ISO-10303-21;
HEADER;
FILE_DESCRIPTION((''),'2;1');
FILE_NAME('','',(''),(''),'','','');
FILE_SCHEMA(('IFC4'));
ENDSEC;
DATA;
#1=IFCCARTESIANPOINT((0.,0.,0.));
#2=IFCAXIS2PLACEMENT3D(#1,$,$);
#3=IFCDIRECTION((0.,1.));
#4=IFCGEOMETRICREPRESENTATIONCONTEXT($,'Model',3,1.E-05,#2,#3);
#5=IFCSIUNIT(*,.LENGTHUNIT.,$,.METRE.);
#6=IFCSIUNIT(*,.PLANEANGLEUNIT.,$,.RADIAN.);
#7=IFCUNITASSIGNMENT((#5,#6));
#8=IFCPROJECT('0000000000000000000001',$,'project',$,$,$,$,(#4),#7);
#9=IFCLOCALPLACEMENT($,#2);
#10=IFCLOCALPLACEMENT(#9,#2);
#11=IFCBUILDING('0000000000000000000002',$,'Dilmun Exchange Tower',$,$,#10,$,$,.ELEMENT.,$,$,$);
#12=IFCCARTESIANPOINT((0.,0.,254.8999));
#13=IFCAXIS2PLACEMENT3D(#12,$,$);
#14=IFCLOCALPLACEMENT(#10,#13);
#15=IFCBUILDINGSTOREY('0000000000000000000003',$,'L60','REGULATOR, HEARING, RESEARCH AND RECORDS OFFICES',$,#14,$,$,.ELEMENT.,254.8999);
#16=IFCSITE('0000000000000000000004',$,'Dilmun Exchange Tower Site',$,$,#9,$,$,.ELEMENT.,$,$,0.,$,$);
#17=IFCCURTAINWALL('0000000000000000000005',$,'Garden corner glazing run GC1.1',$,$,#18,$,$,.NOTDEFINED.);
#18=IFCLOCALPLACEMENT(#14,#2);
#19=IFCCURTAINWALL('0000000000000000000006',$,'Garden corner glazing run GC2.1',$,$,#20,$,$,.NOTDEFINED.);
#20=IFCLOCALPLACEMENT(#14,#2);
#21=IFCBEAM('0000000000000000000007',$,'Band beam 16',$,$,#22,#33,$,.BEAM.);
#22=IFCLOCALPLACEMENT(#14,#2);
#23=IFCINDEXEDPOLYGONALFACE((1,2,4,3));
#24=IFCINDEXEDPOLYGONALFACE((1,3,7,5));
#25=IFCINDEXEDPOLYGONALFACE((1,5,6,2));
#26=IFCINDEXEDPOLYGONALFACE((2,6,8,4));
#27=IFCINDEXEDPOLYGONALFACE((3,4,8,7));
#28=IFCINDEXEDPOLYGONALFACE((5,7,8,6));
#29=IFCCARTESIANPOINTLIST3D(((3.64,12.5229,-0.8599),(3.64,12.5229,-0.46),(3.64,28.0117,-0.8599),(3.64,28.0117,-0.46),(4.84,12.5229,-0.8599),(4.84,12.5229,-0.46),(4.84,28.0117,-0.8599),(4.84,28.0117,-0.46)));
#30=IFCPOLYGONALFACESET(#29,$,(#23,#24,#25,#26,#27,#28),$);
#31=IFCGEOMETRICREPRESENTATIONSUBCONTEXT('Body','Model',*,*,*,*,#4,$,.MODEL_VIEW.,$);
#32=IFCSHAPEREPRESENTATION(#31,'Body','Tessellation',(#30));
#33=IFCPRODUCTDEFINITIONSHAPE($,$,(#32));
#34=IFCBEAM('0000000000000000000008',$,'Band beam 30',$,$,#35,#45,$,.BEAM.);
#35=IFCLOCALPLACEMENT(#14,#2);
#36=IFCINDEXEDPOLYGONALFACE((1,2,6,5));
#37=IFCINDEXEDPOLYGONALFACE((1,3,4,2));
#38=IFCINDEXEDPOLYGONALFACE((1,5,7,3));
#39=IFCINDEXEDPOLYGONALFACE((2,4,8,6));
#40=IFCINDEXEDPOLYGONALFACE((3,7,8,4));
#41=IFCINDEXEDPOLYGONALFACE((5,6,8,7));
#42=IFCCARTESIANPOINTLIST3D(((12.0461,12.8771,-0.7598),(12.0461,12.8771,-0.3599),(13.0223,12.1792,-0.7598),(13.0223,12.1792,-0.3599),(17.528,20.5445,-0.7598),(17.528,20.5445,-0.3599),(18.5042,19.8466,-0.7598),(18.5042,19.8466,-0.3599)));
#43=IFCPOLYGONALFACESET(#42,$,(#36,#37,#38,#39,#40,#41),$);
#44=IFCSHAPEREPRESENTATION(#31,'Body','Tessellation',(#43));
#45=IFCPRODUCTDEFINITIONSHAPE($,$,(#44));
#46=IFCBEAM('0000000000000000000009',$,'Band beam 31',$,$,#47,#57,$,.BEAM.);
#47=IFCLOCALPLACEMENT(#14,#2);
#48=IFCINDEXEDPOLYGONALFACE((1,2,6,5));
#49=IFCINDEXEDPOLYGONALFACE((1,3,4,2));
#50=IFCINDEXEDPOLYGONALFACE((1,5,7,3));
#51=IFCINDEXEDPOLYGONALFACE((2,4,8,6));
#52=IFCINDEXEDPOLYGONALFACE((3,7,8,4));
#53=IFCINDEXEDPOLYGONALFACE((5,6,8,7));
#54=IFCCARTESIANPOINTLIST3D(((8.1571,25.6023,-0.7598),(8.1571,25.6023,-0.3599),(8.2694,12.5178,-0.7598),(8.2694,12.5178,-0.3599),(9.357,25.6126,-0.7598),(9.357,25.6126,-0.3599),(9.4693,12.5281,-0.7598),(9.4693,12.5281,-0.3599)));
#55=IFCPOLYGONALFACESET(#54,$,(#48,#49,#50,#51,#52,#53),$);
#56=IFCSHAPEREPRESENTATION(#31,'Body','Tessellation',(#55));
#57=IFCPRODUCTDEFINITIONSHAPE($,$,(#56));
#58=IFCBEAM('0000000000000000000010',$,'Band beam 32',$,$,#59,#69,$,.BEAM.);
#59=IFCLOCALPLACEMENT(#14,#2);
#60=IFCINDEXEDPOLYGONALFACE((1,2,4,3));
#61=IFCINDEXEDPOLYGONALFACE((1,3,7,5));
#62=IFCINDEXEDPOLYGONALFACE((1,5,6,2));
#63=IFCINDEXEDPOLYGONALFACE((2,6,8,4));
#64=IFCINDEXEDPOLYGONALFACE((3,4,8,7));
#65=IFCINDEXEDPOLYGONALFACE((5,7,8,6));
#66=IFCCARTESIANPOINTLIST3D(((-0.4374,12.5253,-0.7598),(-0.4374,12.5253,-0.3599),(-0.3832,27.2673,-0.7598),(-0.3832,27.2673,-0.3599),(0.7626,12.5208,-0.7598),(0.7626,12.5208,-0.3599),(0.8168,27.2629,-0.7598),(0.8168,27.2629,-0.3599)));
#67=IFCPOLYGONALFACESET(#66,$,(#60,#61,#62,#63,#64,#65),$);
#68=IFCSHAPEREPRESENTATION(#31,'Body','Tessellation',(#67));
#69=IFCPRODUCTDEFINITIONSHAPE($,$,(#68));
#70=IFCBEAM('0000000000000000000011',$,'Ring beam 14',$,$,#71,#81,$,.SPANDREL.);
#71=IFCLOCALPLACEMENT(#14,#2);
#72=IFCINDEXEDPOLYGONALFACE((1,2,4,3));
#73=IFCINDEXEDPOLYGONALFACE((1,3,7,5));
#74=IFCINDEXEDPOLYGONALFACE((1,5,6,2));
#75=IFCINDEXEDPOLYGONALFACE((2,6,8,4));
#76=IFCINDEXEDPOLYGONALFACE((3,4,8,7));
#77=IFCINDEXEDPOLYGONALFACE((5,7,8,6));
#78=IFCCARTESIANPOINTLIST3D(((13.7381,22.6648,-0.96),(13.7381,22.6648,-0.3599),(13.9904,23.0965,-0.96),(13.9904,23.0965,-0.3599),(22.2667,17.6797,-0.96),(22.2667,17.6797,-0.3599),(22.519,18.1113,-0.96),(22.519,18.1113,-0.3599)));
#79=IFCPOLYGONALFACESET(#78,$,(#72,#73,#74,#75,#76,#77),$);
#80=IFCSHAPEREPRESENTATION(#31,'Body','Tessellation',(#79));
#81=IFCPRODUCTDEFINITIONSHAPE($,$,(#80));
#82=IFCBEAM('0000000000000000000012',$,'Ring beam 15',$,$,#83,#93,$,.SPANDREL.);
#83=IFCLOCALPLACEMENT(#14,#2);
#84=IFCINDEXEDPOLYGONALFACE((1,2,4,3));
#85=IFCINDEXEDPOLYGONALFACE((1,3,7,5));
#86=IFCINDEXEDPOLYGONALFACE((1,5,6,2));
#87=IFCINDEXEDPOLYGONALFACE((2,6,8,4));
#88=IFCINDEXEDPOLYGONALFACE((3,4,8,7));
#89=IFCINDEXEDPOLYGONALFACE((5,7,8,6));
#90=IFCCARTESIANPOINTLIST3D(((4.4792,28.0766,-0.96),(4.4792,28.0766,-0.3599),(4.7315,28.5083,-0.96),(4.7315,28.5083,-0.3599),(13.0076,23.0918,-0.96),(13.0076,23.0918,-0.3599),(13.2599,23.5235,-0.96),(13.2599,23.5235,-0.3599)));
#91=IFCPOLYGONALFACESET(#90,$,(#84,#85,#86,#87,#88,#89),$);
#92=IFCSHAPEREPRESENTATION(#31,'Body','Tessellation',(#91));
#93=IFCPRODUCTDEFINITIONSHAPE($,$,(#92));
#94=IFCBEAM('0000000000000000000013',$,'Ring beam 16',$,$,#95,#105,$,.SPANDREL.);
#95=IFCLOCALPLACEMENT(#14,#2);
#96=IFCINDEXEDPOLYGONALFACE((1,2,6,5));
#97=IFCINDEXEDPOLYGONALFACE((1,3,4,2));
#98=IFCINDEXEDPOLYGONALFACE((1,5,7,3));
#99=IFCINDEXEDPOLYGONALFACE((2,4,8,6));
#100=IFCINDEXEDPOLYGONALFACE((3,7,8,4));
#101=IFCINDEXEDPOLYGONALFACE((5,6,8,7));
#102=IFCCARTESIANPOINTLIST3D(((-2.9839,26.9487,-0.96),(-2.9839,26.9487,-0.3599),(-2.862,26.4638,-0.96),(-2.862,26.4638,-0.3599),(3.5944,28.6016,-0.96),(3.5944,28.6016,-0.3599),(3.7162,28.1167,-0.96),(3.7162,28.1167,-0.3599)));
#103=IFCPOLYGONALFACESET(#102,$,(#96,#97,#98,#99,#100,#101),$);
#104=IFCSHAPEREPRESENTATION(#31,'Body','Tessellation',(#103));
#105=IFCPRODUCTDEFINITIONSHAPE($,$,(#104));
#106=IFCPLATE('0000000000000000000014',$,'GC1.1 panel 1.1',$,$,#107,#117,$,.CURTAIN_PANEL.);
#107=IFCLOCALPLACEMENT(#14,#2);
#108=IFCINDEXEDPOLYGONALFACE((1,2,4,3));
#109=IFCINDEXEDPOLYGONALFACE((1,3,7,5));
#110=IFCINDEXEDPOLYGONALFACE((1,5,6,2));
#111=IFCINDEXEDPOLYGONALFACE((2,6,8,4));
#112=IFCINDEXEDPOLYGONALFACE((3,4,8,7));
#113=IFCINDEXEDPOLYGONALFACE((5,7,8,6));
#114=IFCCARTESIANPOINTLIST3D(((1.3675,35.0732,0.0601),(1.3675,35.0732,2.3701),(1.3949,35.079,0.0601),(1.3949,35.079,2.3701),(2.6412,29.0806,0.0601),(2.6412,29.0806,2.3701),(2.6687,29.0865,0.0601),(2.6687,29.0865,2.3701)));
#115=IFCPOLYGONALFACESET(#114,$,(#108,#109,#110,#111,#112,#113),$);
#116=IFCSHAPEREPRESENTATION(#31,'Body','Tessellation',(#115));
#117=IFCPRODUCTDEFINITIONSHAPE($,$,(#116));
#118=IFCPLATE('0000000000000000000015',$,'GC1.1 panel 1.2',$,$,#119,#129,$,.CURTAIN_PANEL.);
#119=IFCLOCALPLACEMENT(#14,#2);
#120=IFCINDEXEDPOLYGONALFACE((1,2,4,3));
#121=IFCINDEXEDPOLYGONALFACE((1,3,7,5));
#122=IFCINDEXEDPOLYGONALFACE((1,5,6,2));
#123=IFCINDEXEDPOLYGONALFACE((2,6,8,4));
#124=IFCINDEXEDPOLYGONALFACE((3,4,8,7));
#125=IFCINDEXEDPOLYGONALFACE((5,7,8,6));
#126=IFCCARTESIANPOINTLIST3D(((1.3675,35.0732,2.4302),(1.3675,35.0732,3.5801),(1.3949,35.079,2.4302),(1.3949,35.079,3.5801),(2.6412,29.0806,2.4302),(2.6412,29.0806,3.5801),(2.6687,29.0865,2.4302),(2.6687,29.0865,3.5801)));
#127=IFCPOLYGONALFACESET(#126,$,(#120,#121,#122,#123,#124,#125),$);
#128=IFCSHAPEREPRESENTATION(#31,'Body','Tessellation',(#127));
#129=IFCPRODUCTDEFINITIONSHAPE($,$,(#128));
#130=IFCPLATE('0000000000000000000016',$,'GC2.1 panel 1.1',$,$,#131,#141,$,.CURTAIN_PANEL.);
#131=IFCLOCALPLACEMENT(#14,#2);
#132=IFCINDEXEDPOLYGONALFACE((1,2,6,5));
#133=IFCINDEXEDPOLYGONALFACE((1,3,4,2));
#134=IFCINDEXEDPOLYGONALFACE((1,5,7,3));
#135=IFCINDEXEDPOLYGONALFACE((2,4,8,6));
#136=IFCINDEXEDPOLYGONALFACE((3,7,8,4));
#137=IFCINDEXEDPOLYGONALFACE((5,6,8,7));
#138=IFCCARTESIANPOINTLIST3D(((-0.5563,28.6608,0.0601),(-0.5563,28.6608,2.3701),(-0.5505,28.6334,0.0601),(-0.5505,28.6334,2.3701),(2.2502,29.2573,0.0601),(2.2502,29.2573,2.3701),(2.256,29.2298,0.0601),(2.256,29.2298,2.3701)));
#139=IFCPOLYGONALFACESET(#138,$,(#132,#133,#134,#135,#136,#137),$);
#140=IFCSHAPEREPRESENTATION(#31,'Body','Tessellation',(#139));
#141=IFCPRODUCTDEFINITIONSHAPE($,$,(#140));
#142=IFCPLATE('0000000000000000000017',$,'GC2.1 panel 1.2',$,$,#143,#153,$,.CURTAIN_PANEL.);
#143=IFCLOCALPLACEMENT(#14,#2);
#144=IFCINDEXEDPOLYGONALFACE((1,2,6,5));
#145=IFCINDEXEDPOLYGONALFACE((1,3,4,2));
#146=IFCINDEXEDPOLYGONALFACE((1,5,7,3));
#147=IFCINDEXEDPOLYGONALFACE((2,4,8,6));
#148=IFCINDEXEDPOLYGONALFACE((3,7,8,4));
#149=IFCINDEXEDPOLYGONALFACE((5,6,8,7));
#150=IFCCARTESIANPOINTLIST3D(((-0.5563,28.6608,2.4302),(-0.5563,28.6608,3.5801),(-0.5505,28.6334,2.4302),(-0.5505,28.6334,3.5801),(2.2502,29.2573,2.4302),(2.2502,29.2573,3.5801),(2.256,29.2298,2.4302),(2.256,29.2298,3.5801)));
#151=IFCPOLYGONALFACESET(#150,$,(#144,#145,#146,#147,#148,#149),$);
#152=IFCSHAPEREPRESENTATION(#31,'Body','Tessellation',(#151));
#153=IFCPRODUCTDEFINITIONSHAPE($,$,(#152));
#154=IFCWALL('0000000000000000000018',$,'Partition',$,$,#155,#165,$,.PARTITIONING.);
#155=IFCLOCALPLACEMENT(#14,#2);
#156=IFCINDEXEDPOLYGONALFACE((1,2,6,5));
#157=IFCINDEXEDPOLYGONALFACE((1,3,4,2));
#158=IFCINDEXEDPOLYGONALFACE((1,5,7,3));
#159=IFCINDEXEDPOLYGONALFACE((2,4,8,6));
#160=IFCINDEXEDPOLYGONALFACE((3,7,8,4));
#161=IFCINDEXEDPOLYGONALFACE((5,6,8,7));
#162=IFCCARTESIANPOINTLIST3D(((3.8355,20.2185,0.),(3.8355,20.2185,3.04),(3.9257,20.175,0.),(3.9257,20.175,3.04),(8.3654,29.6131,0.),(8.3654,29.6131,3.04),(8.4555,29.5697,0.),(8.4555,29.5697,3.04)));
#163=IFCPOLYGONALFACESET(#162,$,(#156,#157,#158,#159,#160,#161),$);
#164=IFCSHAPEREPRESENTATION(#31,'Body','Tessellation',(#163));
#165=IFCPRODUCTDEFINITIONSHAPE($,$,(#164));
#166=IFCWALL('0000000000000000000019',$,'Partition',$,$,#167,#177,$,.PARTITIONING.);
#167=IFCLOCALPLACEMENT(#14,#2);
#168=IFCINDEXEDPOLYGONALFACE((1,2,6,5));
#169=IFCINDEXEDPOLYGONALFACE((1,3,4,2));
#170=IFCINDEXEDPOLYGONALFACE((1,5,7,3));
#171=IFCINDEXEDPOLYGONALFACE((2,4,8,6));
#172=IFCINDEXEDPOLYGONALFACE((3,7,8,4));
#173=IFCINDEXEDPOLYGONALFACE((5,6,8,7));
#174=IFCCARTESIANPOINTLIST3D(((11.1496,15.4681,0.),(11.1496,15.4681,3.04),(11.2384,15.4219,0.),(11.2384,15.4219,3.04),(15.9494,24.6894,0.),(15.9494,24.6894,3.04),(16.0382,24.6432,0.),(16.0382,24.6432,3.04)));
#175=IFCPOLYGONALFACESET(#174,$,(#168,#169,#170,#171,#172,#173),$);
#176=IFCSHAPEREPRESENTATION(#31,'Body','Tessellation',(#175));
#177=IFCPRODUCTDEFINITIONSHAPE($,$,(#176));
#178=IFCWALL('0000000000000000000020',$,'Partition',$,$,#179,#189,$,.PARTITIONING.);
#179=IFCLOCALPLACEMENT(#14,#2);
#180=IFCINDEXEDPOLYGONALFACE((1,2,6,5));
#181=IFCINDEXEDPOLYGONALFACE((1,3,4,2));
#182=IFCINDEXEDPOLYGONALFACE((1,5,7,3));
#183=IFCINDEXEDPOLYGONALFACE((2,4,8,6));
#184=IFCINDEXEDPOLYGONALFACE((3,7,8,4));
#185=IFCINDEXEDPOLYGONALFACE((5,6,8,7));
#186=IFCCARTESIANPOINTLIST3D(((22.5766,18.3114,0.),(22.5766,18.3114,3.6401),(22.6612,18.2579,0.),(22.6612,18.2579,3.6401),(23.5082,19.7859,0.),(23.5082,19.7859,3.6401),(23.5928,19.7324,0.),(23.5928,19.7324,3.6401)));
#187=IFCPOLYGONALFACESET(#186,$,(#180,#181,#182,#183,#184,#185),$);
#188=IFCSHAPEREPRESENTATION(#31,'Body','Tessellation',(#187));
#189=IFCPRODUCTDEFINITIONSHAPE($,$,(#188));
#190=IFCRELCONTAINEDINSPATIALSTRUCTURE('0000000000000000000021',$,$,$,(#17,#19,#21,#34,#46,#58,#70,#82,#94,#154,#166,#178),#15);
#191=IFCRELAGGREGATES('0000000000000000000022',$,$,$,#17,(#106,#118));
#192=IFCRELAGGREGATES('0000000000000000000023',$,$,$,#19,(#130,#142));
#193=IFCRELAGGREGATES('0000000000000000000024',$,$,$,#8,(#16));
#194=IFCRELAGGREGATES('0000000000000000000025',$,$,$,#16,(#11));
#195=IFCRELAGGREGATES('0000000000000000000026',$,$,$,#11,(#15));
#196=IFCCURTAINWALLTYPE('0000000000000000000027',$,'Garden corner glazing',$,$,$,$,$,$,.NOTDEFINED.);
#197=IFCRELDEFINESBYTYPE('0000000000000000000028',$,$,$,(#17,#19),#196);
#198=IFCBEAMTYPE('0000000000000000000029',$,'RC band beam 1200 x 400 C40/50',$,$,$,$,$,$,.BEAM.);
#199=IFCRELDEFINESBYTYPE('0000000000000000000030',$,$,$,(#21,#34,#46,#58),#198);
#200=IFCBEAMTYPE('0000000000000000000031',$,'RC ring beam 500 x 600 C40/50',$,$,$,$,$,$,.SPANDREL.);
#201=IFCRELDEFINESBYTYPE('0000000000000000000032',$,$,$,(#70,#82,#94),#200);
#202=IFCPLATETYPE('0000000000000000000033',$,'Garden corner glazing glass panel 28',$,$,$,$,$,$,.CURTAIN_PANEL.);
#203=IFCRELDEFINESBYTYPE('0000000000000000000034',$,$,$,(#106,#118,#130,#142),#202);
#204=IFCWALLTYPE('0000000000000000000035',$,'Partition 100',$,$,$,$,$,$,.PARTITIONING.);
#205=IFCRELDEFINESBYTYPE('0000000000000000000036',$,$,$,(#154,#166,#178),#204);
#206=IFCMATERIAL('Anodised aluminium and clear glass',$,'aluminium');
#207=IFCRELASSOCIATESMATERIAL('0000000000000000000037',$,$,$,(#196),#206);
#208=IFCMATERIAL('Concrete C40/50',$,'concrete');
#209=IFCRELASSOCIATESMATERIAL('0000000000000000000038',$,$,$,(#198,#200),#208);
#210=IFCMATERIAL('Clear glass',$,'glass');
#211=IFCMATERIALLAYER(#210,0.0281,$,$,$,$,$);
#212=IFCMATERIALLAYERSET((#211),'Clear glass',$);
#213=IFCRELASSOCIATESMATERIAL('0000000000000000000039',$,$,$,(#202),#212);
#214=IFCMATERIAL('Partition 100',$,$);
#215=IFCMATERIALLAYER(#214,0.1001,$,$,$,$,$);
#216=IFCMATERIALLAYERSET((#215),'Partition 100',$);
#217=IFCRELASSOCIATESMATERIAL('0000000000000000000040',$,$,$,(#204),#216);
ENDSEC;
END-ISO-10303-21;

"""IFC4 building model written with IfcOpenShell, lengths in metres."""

from ifc_helpers import new_model, si_unit, direction, frame, frame_2d, origin, origin_2d, place, context, subcontext, project, spatial, rectangle, extrude, material, layer, layer_set, material_profile, profile_set, type_object, element, aggregate, save


model = new_model("IFC4")

# Units and contexts
model_context = context("Model", 3, precision=1e-05, world=origin(), true_north=direction((0.0, 1.0)))
body_context = subcontext(model_context, "Body", "Model", "MODEL_VIEW")
ifc_project = project(units=[si_unit("LENGTHUNIT", "METRE"), si_unit("PLANEANGLEUNIT", "RADIAN")], contexts=[model_context])

# Site, building, storey
site_placement = place(None, origin())
site = spatial("IfcSite", under=ifc_project, at=site_placement, Name="Dilmun Exchange Tower Site", CompositionType="ELEMENT", RefElevation=0.0)
building_placement = place(site_placement, origin())
building = spatial("IfcBuilding", under=site, at=building_placement, Name="Dilmun Exchange Tower", CompositionType="ELEMENT")
storey_placement = place(building_placement, frame((0.0, 0.0, 254.8999)))
storey = spatial("IfcBuildingStorey", under=building, at=storey_placement, Name="L60", Description="REGULATOR, HEARING, RESEARCH AND RECORDS OFFICES", CompositionType="ELEMENT", Elevation=254.8999)

# Curtain wall
ifc_material_1 = material(Name="Anodised aluminium and clear glass", Category="aluminium")
curtain_wall_type = type_object("IfcCurtainWallType", Name="Garden corner glazing", PredefinedType="NOTDEFINED", material=ifc_material_1)
curtain_wall_1_placement = place(storey_placement, origin())
curtain_wall_1 = element("IfcCurtainWall", 1, at=curtain_wall_1_placement, inside=storey, type_object=curtain_wall_type, Name="Garden corner glazing run GC1.1", PredefinedType="NOTDEFINED")

# Curtain wall
curtain_wall_2_placement = place(storey_placement, origin())
curtain_wall_2 = element("IfcCurtainWall", 2, at=curtain_wall_2_placement, inside=storey, type_object=curtain_wall_type, Name="Garden corner glazing run GC2.1", PredefinedType="NOTDEFINED")

# Beams
ifc_material_2 = material(Name="Concrete C40/50", Category="concrete")
ifc_material_profile_1 = material_profile(ifc_material_2, rectangle(XDim=1.2, YDim=0.3999, at=origin_2d()), Name="1200 x 400")
ifc_profile_set_1 = profile_set([ifc_material_profile_1], Name="Concrete C40/50")
beam_type_1 = type_object("IfcBeamType", Name="RC band beam 1200 x 400 C40/50", PredefinedType="BEAM", material=ifc_profile_set_1)
beam_1_placement = place(storey_placement, frame((4.24, 28.0117, -0.6599), z_axis=(0.0, -1.0, 0.0), x_axis=(1.0, 0.0, 0.0)))
element("IfcBeam", 3, at=beam_1_placement, inside=storey, type_object=beam_type_1, Name="Band beam 16", PredefinedType="BEAM", context=body_context, shape_type="SweptSolid", body=[
    extrude(rectangle(XDim=1.2, YDim=0.3999, at=origin_2d()), origin(), (0.0, 0.0, 1.0), 15.4888),
])
beam_2_placement = place(storey_placement, frame((18.0161, 20.1956, -0.5598), z_axis=(-0.581601, -0.813474, 0.0), x_axis=(0.813474, -0.581601, 0.0)))
element("IfcBeam", 4, at=beam_2_placement, inside=storey, type_object=beam_type_1, Name="Band beam 30", PredefinedType="BEAM", context=body_context, shape_type="SweptSolid", body=[
    extrude(rectangle(XDim=1.2, YDim=0.3999, at=origin_2d()), origin(), (0.0, 0.0, 1.0), 9.4255),
])
beam_3_placement = place(storey_placement, frame((8.7571, 25.6074, -0.5598), z_axis=(0.008583, -0.999963, 0.0), x_axis=(0.999963, 0.008583, 0.0)))
element("IfcBeam", 5, at=beam_3_placement, inside=storey, type_object=beam_type_1, Name="Band beam 31", PredefinedType="BEAM", context=body_context, shape_type="SweptSolid", body=[
    extrude(rectangle(XDim=1.2, YDim=0.3999, at=origin_2d()), origin(), (0.0, 0.0, 1.0), 13.085),
])
beam_4_placement = place(storey_placement, frame((0.2168, 27.2651, -0.5598), z_axis=(-0.003676, -0.999993, 0.0), x_axis=(0.999993, -0.003676, 0.0)))
element("IfcBeam", 6, at=beam_4_placement, inside=storey, type_object=beam_type_1, Name="Band beam 32", PredefinedType="BEAM", context=body_context, shape_type="SweptSolid", body=[
    extrude(rectangle(XDim=1.2, YDim=0.3999, at=origin_2d()), origin(), (0.0, 0.0, 1.0), 14.7422),
])
ifc_material_profile_2 = material_profile(ifc_material_2, rectangle(XDim=0.5, YDim=0.6001, at=origin_2d()), Name="500 x 600")
ifc_profile_set_2 = profile_set([ifc_material_profile_2], Name="Concrete C40/50")
beam_type_2 = type_object("IfcBeamType", Name="RC ring beam 500 x 600 C40/50", PredefinedType="SPANDREL", material=ifc_profile_set_2)
beam_5_placement = place(storey_placement, frame((22.3928, 17.8955, -0.6599), z_axis=(-0.863333, 0.504635, 0.0), x_axis=(-0.504635, -0.863333, 0.0)))
element("IfcBeam", 7, at=beam_5_placement, inside=storey, type_object=beam_type_2, Name="Ring beam 14", PredefinedType="SPANDREL", context=body_context, shape_type="SweptSolid", body=[
    extrude(rectangle(XDim=0.5, YDim=0.6001, at=origin_2d()), origin(), (0.0, 0.0, 1.0), 9.8787),
])
beam_6_placement = place(storey_placement, frame((13.1338, 23.3076, -0.6599), z_axis=(-0.863344, 0.504616, 0.0), x_axis=(-0.504616, -0.863344, 0.0)))
element("IfcBeam", 8, at=beam_6_placement, inside=storey, type_object=beam_type_2, Name="Ring beam 15", PredefinedType="SPANDREL", context=body_context, shape_type="SweptSolid", body=[
    extrude(rectangle(XDim=0.5, YDim=0.6001, at=origin_2d()), origin(), (0.0, 0.0, 1.0), 9.8784),
])
beam_7_placement = place(storey_placement, frame((3.6553, 28.3591, -0.6599), z_axis=(-0.969854, -0.243687, 0.0), x_axis=(0.243687, -0.969854, 0.0)))
element("IfcBeam", 9, at=beam_7_placement, inside=storey, type_object=beam_type_2, Name="Ring beam 16", PredefinedType="SPANDREL", context=body_context, shape_type="SweptSolid", body=[
    extrude(rectangle(XDim=0.5, YDim=0.6001, at=origin_2d()), origin(), (0.0, 0.0, 1.0), 6.7827),
])

# Plates
ifc_material_3 = material(Name="Clear glass", Category="glass")
ifc_layer_1 = layer(ifc_material_3, 0.0281)
ifc_layer_set_1 = layer_set([ifc_layer_1], Name="Clear glass")
plate_type = type_object("IfcPlateType", Name="Garden corner glazing glass panel 28", PredefinedType="CURTAIN_PANEL", material=ifc_layer_set_1)
plate_1_placement = place(storey_placement, frame((2.0181, 32.0798, 0.0601), z_axis=(0.0, 0.0, 1.0), x_axis=(0.207912, -0.978148, 0.0)))
plate_1 = element("IfcPlate", 10, at=plate_1_placement, type_object=plate_type, Name="GC1.1 panel 1.1", PredefinedType="CURTAIN_PANEL", context=body_context, shape_type="SweptSolid", body=[
    extrude(rectangle(XDim=6.1265, YDim=0.0281, at=origin_2d()), origin(), (0.0, 0.0, 1.0), 2.3101),
])
plate_2_placement = place(storey_placement, frame((2.0181, 32.0798, 2.4302), z_axis=(0.0, 0.0, 1.0), x_axis=(0.207912, -0.978148, 0.0)))
plate_2 = element("IfcPlate", 11, at=plate_2_placement, type_object=plate_type, Name="GC1.1 panel 1.2", PredefinedType="CURTAIN_PANEL", context=body_context, shape_type="SweptSolid", body=[
    extrude(rectangle(XDim=6.1265, YDim=0.0281, at=origin_2d()), origin(), (0.0, 0.0, 1.0), 1.1499),
])
aggregate(curtain_wall_1, [plate_1, plate_2])
plate_3_placement = place(storey_placement, frame((0.8499, 28.9453, 0.0601), z_axis=(0.0, 0.0, 1.0), x_axis=(-0.978153, -0.207888, 0.0)))
plate_3 = element("IfcPlate", 12, at=plate_3_placement, type_object=plate_type, Name="GC2.1 panel 1.1", PredefinedType="CURTAIN_PANEL", context=body_context, shape_type="SweptSolid", body=[
    extrude(rectangle(XDim=2.8691, YDim=0.0281, at=origin_2d()), origin(), (0.0, 0.0, 1.0), 2.3101),
])
plate_4_placement = place(storey_placement, frame((0.8499, 28.9453, 2.4302), z_axis=(0.0, 0.0, 1.0), x_axis=(-0.978153, -0.207888, 0.0)))
plate_4 = element("IfcPlate", 13, at=plate_4_placement, type_object=plate_type, Name="GC2.1 panel 1.2", PredefinedType="CURTAIN_PANEL", context=body_context, shape_type="SweptSolid", body=[
    extrude(rectangle(XDim=2.8691, YDim=0.0281, at=origin_2d()), origin(), (0.0, 0.0, 1.0), 1.1499),
])
aggregate(curtain_wall_2, [plate_3, plate_4])

# Walls
ifc_material_4 = material(Name="Partition 100")
ifc_layer_2 = layer(ifc_material_4, 0.1001)
ifc_layer_set_2 = layer_set([ifc_layer_2], Name="Partition 100")
wall_type = type_object("IfcWallType", Name="Partition 100", PredefinedType="PARTITIONING", material=ifc_layer_set_2)
wall_1_placement = place(storey_placement, frame((3.8806, 20.1968, 0.0), z_axis=(0.0, 0.0, 1.0), x_axis=(0.434321, 0.900758, 0.0)))
element("IfcWall", 14, at=wall_1_placement, inside=storey, type_object=wall_type, Name="Partition", PredefinedType="PARTITIONING", context=body_context, shape_type="SweptSolid", body=[
    extrude(rectangle(XDim=10.4297, YDim=0.1001, at=frame_2d((5.2148, 0.0))), origin(), (0.0, 0.0, 1.0), 3.04),
])
wall_2_placement = place(storey_placement, frame((11.1941, 15.4451, 0.0), z_axis=(0.0, 0.0, 1.0), x_axis=(0.461705, 0.887033, 0.0)))
element("IfcWall", 15, at=wall_2_placement, inside=storey, type_object=wall_type, Name="Partition", PredefinedType="PARTITIONING", context=body_context, shape_type="SweptSolid", body=[
    extrude(rectangle(XDim=10.3958, YDim=0.1001, at=frame_2d((5.1978, 0.0))), origin(), (0.0, 0.0, 1.0), 3.04),
])
wall_3_placement = place(storey_placement, frame((22.6189, 18.2847, 0.0), z_axis=(0.0, 0.0, 1.0), x_axis=(0.534119, 0.845409, 0.0)))
element("IfcWall", 16, at=wall_3_placement, inside=storey, type_object=wall_type, Name="Partition", PredefinedType="PARTITIONING", context=body_context, shape_type="SweptSolid", body=[
    extrude(rectangle(XDim=1.7441, YDim=0.1001, at=frame_2d((0.8721, 0.0))), origin(), (0.0, 0.0, 1.0), 3.6401),
])

save(model, "model.ifc")
